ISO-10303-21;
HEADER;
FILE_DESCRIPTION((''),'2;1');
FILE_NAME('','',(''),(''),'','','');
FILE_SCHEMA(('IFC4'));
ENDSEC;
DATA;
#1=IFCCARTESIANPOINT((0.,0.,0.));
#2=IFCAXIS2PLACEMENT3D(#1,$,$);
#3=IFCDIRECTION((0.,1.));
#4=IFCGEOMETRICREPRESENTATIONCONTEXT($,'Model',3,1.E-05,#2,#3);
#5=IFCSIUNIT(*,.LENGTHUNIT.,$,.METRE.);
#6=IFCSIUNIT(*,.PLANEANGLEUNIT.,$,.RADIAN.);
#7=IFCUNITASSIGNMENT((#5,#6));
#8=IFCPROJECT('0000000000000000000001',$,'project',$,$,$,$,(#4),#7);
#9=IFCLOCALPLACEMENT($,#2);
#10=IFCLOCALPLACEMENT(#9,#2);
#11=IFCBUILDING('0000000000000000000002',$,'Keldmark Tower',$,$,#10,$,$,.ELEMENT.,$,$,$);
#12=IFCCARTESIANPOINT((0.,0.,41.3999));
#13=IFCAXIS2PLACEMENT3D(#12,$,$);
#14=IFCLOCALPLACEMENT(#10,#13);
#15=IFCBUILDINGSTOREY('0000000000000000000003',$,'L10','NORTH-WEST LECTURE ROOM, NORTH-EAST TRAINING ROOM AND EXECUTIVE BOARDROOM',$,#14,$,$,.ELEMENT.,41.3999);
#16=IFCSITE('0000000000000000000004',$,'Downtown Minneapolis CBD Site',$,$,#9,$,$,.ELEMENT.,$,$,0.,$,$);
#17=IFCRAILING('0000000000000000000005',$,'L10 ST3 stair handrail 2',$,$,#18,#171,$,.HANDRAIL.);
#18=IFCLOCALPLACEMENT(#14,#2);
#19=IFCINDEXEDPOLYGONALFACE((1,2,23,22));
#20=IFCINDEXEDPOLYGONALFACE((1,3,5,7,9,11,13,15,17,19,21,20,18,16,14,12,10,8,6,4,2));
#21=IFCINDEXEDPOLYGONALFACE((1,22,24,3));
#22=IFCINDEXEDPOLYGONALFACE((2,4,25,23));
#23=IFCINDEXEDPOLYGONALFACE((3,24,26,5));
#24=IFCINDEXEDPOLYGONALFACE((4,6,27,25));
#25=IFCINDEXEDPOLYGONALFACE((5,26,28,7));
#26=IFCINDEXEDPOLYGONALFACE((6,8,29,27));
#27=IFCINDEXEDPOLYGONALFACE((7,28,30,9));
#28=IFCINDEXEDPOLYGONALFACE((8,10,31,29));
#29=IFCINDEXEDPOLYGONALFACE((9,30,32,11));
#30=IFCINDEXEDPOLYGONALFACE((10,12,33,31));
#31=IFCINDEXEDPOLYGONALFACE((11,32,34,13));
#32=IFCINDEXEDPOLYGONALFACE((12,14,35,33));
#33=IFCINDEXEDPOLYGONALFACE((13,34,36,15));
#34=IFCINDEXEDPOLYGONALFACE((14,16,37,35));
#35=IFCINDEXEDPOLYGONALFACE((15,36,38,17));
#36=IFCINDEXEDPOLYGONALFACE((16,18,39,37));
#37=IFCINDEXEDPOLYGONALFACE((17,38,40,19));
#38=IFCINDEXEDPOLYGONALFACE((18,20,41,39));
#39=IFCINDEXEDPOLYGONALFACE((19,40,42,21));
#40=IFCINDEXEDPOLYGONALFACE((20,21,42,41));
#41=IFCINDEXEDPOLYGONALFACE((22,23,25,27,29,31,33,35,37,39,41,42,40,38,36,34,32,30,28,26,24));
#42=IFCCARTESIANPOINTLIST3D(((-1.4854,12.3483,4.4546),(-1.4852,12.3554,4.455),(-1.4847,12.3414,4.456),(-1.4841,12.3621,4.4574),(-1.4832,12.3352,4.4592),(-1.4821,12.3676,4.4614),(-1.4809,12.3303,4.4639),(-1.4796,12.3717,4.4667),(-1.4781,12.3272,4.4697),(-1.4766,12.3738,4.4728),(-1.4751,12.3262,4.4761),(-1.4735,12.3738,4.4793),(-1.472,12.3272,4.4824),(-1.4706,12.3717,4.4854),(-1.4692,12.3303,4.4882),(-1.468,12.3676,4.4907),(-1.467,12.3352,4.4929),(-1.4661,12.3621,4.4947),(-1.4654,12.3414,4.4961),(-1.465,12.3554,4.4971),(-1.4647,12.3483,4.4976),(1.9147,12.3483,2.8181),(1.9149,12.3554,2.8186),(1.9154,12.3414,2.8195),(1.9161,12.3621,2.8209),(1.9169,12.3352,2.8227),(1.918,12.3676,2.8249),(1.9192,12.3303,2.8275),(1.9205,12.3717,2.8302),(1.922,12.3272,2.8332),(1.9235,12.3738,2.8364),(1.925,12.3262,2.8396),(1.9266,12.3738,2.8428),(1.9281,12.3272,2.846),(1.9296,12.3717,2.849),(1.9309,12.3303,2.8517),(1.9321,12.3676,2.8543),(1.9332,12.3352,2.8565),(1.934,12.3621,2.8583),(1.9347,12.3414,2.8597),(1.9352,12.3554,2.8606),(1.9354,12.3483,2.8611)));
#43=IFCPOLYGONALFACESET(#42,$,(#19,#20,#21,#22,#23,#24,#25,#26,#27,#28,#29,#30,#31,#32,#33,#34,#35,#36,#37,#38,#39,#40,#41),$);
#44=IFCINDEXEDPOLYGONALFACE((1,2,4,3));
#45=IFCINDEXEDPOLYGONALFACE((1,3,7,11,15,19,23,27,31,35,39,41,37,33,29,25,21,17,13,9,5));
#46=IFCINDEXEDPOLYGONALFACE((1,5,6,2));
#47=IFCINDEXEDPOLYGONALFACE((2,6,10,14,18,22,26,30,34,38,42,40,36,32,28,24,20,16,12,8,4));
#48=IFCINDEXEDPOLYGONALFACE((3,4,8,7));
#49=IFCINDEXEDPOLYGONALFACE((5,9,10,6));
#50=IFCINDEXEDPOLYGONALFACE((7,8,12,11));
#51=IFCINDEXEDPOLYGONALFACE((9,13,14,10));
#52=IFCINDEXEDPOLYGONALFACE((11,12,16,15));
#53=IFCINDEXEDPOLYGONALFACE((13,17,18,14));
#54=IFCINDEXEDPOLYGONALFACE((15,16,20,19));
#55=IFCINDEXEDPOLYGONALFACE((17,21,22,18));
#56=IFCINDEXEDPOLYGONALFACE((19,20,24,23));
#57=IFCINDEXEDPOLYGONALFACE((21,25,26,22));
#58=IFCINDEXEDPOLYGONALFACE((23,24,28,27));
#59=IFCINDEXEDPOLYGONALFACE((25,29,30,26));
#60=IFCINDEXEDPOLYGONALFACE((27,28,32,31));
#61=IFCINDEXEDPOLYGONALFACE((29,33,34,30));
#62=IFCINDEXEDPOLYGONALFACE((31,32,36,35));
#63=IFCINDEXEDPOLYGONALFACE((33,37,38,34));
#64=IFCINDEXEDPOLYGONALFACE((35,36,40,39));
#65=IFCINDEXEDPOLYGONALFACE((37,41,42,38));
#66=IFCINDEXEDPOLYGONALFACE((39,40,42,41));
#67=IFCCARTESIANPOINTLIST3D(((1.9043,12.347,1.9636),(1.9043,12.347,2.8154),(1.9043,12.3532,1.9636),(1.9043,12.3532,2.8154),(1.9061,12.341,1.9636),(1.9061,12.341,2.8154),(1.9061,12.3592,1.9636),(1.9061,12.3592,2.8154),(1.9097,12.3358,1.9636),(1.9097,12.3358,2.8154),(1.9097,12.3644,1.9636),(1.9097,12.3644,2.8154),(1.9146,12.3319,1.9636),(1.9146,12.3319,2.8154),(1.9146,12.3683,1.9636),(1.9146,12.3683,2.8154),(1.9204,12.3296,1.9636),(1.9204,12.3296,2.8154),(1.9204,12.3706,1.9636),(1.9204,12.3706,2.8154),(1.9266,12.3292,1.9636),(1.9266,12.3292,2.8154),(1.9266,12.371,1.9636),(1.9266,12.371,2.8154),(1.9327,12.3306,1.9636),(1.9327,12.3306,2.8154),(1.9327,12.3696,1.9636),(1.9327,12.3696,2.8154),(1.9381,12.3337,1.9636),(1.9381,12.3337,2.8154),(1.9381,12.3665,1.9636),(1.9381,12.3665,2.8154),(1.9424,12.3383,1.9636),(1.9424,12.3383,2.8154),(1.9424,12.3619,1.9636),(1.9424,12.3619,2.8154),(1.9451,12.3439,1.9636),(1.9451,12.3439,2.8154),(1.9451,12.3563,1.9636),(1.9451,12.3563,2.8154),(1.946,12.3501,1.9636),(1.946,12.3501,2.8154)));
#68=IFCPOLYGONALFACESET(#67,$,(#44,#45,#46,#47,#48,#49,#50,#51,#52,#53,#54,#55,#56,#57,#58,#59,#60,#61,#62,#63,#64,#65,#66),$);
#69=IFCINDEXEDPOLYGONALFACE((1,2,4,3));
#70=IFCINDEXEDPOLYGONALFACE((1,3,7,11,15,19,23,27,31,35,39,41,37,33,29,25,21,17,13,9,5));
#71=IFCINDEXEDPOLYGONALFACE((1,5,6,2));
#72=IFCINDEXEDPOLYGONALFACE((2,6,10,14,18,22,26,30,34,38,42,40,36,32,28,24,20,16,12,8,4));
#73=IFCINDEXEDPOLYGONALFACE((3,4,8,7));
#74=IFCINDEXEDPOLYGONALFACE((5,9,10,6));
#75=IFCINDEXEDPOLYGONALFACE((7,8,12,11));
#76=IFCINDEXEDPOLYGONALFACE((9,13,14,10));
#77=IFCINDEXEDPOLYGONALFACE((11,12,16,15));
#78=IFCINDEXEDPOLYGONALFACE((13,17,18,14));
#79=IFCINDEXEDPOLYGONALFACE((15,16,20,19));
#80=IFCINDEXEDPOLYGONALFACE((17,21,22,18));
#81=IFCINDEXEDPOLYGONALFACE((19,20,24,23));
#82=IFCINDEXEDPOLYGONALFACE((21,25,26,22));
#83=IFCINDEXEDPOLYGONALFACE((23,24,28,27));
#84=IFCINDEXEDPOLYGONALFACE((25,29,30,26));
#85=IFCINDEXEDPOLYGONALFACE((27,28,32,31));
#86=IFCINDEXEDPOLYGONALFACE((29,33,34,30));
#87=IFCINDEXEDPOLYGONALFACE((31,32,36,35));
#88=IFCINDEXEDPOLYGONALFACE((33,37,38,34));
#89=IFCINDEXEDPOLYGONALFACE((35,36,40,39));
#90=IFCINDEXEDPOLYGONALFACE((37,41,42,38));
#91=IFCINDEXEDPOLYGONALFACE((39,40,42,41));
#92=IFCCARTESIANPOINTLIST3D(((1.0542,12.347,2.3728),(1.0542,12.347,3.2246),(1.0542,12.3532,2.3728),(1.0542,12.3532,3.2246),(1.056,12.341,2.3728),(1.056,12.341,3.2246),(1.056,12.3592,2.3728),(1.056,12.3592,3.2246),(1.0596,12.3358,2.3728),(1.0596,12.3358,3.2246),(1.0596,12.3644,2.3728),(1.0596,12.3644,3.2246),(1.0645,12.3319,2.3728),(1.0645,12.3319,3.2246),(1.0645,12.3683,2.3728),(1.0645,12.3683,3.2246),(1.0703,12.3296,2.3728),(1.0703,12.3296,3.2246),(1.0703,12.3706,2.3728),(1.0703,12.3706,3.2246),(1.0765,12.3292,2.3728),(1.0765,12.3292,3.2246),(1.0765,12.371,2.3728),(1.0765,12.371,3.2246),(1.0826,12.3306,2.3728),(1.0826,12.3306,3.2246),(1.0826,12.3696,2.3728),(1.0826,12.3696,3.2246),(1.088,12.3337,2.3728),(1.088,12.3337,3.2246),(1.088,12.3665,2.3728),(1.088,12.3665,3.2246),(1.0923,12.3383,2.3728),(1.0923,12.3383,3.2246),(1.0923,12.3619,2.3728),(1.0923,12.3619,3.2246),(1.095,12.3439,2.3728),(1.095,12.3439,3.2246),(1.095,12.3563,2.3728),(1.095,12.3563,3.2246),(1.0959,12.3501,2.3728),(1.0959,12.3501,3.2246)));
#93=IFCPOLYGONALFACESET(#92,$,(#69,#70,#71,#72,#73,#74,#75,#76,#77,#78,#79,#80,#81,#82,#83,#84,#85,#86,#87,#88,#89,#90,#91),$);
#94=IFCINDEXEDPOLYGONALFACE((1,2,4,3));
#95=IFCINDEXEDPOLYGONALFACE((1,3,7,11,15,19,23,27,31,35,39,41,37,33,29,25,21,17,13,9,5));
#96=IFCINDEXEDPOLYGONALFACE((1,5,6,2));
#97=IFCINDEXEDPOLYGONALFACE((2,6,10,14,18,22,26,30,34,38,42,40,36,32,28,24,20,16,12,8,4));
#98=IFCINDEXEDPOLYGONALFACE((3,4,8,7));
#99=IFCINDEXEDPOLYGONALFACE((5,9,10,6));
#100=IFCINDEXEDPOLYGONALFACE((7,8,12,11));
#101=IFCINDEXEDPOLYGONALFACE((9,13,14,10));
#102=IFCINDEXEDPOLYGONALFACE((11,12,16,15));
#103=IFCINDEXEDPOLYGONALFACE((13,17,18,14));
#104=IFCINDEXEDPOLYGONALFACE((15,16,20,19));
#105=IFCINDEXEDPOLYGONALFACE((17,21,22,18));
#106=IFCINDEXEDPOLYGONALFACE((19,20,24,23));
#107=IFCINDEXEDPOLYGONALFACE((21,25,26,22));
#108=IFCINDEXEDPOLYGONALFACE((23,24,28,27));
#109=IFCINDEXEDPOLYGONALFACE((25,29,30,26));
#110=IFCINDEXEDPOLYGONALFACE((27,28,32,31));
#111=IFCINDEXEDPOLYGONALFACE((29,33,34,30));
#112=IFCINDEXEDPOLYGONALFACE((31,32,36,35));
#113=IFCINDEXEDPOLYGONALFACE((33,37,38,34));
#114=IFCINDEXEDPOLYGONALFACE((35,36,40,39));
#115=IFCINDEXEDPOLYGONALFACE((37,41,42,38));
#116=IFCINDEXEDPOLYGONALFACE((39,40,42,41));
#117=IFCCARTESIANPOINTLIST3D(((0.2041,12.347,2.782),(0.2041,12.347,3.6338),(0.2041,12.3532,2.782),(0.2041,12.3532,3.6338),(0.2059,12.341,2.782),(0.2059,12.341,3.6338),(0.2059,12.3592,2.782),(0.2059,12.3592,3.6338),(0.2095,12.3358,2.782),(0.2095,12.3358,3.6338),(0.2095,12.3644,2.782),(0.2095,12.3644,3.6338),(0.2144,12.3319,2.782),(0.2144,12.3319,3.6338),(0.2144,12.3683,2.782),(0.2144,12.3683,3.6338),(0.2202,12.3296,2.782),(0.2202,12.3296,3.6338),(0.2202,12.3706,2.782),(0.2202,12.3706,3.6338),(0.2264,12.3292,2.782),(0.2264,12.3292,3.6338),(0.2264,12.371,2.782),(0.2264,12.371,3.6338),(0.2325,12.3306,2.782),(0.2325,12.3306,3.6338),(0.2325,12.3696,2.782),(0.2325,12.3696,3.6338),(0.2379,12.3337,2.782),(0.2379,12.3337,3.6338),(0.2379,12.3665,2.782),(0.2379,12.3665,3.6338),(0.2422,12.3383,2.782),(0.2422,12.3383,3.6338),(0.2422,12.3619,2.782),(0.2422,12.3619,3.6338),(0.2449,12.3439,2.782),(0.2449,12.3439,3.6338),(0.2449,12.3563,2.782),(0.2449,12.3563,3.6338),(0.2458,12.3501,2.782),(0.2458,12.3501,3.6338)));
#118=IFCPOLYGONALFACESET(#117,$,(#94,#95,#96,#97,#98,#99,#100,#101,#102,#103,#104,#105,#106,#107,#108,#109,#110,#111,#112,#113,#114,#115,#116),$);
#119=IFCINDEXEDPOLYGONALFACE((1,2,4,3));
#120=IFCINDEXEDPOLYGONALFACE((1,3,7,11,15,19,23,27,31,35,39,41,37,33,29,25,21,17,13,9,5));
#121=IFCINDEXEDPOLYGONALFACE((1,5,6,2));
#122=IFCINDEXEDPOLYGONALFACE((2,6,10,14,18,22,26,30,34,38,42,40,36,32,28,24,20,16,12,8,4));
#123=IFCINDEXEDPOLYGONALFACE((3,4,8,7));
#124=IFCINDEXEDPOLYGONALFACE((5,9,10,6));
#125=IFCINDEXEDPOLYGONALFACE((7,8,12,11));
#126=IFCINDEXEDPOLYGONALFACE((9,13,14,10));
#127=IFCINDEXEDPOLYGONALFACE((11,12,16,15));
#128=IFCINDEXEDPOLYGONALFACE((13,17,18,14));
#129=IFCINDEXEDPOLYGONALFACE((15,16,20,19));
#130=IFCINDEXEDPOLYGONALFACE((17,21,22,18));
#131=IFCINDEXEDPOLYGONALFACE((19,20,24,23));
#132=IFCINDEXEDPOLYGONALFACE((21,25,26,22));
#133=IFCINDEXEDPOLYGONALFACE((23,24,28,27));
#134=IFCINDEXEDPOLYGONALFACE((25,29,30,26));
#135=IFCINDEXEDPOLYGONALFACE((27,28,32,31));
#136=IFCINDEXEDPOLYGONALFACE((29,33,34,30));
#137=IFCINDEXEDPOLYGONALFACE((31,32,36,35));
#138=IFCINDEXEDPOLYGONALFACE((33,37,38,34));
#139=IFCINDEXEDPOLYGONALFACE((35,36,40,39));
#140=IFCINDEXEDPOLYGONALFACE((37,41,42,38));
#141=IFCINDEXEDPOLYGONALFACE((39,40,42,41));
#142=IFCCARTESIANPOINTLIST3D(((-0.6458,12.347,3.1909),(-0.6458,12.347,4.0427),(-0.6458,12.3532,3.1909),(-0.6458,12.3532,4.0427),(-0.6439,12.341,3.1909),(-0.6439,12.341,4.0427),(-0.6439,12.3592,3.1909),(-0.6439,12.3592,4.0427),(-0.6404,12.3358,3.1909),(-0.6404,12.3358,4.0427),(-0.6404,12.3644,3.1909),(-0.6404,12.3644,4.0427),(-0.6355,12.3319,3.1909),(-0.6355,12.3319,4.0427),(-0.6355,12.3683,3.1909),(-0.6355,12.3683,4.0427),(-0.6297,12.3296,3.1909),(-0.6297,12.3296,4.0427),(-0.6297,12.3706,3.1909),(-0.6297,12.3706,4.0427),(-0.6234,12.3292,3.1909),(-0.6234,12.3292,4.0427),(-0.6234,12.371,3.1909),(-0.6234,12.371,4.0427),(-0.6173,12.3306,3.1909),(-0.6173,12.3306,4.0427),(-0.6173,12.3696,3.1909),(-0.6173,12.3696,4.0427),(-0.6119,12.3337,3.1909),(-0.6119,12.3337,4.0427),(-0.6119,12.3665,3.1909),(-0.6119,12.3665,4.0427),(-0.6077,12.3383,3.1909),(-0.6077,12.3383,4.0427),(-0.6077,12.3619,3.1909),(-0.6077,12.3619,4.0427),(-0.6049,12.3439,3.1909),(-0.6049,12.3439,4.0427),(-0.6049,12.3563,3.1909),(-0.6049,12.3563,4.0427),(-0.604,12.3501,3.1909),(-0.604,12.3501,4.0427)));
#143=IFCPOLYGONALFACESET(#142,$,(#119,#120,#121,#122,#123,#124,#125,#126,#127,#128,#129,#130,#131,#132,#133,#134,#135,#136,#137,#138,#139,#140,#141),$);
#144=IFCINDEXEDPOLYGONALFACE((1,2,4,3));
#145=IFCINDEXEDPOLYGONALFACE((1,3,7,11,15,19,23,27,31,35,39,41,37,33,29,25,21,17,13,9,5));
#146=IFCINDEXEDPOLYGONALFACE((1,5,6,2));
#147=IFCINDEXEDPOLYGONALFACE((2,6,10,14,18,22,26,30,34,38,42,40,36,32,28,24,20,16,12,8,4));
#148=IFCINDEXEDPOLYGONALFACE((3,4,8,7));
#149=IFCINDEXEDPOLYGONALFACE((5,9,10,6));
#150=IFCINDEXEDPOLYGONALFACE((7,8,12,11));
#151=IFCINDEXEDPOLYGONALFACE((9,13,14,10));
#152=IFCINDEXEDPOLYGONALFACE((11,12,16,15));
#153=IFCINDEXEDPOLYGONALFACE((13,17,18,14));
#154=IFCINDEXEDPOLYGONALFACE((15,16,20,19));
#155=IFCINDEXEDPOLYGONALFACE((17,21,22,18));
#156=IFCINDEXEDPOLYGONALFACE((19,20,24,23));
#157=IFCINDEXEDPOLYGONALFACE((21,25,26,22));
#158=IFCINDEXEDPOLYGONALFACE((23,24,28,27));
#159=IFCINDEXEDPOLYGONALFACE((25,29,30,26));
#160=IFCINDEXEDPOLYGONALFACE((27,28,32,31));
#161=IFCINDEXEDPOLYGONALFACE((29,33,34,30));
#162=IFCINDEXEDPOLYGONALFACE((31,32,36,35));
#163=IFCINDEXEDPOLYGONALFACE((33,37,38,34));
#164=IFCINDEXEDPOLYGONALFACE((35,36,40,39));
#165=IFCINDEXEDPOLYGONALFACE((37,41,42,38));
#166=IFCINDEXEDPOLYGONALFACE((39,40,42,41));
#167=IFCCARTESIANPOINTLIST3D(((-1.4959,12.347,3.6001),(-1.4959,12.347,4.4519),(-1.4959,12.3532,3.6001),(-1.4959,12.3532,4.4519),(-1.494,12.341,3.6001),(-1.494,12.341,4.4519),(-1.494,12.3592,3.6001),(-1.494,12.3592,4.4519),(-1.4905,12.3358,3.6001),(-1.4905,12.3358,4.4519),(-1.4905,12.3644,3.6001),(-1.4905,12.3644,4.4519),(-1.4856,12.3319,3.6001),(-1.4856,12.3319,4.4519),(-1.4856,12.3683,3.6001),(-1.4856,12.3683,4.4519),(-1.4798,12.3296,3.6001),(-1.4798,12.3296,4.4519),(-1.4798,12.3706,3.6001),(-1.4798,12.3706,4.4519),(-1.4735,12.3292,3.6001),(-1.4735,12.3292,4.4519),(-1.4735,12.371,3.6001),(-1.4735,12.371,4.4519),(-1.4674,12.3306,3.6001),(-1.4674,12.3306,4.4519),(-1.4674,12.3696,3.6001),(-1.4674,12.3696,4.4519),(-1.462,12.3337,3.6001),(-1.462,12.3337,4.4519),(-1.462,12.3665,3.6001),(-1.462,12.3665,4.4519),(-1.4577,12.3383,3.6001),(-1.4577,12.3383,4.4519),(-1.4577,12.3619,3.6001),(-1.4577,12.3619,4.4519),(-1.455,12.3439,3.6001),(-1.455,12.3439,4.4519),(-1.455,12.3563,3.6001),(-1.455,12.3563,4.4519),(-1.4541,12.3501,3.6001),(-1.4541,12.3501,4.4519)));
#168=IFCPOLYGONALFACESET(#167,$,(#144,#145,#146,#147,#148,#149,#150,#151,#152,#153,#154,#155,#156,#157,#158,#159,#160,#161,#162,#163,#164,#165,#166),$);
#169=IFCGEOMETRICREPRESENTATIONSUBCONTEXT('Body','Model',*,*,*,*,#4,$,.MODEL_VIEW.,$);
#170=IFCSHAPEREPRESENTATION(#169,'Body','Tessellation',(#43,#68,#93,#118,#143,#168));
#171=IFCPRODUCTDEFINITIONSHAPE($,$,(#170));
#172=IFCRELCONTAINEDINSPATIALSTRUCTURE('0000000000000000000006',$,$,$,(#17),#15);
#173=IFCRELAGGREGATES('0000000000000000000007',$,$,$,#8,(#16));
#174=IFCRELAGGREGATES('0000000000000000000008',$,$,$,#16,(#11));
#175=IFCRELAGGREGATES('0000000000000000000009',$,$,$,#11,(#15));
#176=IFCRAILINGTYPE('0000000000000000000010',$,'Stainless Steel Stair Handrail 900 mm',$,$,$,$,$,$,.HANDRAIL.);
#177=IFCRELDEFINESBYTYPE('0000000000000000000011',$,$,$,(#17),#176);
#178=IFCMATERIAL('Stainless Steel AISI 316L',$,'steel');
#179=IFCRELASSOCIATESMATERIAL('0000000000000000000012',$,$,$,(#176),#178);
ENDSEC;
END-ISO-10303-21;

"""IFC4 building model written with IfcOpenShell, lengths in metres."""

from ifc_helpers import new_model, si_unit, direction, frame, origin, origin_2d, place, context, subcontext, project, spatial, circle, extrude, material, type_object, element, save


model = new_model("IFC4")

# Units and contexts
model_context = context("Model", 3, precision=1e-05, world=origin(), true_north=direction((0.0, 1.0)))
body_context = subcontext(model_context, "Body", "Model", "MODEL_VIEW")
ifc_project = project(units=[si_unit("LENGTHUNIT", "METRE"), si_unit("PLANEANGLEUNIT", "RADIAN")], contexts=[model_context])

# Site, building, storey
site_placement = place(None, origin())
site = spatial("IfcSite", under=ifc_project, at=site_placement, Name="Downtown Minneapolis CBD Site", CompositionType="ELEMENT", RefElevation=0.0)
building_placement = place(site_placement, origin())
building = spatial("IfcBuilding", under=site, at=building_placement, Name="Keldmark Tower", CompositionType="ELEMENT")
storey_placement = place(building_placement, frame((0.0, 0.0, 41.3999)))
storey = spatial("IfcBuildingStorey", under=building, at=storey_placement, Name="L10", Description="NORTH-WEST LECTURE ROOM, NORTH-EAST TRAINING ROOM AND EXECUTIVE BOARDROOM", CompositionType="ELEMENT", Elevation=41.3999)

# Railing
ifc_material_1 = material(Name="Stainless Steel AISI 316L", Category="steel")
railing_type_1 = type_object("IfcRailingType", Name="Stainless Steel Stair Handrail 900 mm", PredefinedType="HANDRAIL", material=ifc_material_1)
railing_1_placement = place(storey_placement, frame((1.925, 12.3501, 1.9636)))
element("IfcRailing", 1, at=railing_1_placement, inside=storey, type_object=railing_type_1, Name="L10 ST3 stair handrail 2", PredefinedType="HANDRAIL", context=body_context, shape_type="SweptSolid", body=[
    extrude(circle(Radius=0.0239, at=origin_2d()), frame((0.0, 0.0, 0.876), z_axis=(-0.901067, 0.0, 0.433679), x_axis=(0.0, -1.0, 0.0)), (0.0, 0.0, 1.0), 3.7734),
    extrude(circle(Radius=0.021, at=origin_2d()), origin(), (0.0, 0.0, 1.0), 0.8518),
    extrude(circle(Radius=0.021, at=origin_2d()), frame((-0.8501, 0.0, 0.4092)), (0.0, 0.0, 1.0), 0.8518),
    extrude(circle(Radius=0.021, at=origin_2d()), frame((-1.7002, 0.0, 0.8184)), (0.0, 0.0, 1.0), 0.8518),
    extrude(circle(Radius=0.021, at=origin_2d()), frame((-2.55, 0.0, 1.2273)), (0.0, 0.0, 1.0), 0.8518),
    extrude(circle(Radius=0.021, at=origin_2d()), frame((-3.4001, 0.0, 1.6365)), (0.0, 0.0, 1.0), 0.8518),
])

save(model, "model.ifc")
